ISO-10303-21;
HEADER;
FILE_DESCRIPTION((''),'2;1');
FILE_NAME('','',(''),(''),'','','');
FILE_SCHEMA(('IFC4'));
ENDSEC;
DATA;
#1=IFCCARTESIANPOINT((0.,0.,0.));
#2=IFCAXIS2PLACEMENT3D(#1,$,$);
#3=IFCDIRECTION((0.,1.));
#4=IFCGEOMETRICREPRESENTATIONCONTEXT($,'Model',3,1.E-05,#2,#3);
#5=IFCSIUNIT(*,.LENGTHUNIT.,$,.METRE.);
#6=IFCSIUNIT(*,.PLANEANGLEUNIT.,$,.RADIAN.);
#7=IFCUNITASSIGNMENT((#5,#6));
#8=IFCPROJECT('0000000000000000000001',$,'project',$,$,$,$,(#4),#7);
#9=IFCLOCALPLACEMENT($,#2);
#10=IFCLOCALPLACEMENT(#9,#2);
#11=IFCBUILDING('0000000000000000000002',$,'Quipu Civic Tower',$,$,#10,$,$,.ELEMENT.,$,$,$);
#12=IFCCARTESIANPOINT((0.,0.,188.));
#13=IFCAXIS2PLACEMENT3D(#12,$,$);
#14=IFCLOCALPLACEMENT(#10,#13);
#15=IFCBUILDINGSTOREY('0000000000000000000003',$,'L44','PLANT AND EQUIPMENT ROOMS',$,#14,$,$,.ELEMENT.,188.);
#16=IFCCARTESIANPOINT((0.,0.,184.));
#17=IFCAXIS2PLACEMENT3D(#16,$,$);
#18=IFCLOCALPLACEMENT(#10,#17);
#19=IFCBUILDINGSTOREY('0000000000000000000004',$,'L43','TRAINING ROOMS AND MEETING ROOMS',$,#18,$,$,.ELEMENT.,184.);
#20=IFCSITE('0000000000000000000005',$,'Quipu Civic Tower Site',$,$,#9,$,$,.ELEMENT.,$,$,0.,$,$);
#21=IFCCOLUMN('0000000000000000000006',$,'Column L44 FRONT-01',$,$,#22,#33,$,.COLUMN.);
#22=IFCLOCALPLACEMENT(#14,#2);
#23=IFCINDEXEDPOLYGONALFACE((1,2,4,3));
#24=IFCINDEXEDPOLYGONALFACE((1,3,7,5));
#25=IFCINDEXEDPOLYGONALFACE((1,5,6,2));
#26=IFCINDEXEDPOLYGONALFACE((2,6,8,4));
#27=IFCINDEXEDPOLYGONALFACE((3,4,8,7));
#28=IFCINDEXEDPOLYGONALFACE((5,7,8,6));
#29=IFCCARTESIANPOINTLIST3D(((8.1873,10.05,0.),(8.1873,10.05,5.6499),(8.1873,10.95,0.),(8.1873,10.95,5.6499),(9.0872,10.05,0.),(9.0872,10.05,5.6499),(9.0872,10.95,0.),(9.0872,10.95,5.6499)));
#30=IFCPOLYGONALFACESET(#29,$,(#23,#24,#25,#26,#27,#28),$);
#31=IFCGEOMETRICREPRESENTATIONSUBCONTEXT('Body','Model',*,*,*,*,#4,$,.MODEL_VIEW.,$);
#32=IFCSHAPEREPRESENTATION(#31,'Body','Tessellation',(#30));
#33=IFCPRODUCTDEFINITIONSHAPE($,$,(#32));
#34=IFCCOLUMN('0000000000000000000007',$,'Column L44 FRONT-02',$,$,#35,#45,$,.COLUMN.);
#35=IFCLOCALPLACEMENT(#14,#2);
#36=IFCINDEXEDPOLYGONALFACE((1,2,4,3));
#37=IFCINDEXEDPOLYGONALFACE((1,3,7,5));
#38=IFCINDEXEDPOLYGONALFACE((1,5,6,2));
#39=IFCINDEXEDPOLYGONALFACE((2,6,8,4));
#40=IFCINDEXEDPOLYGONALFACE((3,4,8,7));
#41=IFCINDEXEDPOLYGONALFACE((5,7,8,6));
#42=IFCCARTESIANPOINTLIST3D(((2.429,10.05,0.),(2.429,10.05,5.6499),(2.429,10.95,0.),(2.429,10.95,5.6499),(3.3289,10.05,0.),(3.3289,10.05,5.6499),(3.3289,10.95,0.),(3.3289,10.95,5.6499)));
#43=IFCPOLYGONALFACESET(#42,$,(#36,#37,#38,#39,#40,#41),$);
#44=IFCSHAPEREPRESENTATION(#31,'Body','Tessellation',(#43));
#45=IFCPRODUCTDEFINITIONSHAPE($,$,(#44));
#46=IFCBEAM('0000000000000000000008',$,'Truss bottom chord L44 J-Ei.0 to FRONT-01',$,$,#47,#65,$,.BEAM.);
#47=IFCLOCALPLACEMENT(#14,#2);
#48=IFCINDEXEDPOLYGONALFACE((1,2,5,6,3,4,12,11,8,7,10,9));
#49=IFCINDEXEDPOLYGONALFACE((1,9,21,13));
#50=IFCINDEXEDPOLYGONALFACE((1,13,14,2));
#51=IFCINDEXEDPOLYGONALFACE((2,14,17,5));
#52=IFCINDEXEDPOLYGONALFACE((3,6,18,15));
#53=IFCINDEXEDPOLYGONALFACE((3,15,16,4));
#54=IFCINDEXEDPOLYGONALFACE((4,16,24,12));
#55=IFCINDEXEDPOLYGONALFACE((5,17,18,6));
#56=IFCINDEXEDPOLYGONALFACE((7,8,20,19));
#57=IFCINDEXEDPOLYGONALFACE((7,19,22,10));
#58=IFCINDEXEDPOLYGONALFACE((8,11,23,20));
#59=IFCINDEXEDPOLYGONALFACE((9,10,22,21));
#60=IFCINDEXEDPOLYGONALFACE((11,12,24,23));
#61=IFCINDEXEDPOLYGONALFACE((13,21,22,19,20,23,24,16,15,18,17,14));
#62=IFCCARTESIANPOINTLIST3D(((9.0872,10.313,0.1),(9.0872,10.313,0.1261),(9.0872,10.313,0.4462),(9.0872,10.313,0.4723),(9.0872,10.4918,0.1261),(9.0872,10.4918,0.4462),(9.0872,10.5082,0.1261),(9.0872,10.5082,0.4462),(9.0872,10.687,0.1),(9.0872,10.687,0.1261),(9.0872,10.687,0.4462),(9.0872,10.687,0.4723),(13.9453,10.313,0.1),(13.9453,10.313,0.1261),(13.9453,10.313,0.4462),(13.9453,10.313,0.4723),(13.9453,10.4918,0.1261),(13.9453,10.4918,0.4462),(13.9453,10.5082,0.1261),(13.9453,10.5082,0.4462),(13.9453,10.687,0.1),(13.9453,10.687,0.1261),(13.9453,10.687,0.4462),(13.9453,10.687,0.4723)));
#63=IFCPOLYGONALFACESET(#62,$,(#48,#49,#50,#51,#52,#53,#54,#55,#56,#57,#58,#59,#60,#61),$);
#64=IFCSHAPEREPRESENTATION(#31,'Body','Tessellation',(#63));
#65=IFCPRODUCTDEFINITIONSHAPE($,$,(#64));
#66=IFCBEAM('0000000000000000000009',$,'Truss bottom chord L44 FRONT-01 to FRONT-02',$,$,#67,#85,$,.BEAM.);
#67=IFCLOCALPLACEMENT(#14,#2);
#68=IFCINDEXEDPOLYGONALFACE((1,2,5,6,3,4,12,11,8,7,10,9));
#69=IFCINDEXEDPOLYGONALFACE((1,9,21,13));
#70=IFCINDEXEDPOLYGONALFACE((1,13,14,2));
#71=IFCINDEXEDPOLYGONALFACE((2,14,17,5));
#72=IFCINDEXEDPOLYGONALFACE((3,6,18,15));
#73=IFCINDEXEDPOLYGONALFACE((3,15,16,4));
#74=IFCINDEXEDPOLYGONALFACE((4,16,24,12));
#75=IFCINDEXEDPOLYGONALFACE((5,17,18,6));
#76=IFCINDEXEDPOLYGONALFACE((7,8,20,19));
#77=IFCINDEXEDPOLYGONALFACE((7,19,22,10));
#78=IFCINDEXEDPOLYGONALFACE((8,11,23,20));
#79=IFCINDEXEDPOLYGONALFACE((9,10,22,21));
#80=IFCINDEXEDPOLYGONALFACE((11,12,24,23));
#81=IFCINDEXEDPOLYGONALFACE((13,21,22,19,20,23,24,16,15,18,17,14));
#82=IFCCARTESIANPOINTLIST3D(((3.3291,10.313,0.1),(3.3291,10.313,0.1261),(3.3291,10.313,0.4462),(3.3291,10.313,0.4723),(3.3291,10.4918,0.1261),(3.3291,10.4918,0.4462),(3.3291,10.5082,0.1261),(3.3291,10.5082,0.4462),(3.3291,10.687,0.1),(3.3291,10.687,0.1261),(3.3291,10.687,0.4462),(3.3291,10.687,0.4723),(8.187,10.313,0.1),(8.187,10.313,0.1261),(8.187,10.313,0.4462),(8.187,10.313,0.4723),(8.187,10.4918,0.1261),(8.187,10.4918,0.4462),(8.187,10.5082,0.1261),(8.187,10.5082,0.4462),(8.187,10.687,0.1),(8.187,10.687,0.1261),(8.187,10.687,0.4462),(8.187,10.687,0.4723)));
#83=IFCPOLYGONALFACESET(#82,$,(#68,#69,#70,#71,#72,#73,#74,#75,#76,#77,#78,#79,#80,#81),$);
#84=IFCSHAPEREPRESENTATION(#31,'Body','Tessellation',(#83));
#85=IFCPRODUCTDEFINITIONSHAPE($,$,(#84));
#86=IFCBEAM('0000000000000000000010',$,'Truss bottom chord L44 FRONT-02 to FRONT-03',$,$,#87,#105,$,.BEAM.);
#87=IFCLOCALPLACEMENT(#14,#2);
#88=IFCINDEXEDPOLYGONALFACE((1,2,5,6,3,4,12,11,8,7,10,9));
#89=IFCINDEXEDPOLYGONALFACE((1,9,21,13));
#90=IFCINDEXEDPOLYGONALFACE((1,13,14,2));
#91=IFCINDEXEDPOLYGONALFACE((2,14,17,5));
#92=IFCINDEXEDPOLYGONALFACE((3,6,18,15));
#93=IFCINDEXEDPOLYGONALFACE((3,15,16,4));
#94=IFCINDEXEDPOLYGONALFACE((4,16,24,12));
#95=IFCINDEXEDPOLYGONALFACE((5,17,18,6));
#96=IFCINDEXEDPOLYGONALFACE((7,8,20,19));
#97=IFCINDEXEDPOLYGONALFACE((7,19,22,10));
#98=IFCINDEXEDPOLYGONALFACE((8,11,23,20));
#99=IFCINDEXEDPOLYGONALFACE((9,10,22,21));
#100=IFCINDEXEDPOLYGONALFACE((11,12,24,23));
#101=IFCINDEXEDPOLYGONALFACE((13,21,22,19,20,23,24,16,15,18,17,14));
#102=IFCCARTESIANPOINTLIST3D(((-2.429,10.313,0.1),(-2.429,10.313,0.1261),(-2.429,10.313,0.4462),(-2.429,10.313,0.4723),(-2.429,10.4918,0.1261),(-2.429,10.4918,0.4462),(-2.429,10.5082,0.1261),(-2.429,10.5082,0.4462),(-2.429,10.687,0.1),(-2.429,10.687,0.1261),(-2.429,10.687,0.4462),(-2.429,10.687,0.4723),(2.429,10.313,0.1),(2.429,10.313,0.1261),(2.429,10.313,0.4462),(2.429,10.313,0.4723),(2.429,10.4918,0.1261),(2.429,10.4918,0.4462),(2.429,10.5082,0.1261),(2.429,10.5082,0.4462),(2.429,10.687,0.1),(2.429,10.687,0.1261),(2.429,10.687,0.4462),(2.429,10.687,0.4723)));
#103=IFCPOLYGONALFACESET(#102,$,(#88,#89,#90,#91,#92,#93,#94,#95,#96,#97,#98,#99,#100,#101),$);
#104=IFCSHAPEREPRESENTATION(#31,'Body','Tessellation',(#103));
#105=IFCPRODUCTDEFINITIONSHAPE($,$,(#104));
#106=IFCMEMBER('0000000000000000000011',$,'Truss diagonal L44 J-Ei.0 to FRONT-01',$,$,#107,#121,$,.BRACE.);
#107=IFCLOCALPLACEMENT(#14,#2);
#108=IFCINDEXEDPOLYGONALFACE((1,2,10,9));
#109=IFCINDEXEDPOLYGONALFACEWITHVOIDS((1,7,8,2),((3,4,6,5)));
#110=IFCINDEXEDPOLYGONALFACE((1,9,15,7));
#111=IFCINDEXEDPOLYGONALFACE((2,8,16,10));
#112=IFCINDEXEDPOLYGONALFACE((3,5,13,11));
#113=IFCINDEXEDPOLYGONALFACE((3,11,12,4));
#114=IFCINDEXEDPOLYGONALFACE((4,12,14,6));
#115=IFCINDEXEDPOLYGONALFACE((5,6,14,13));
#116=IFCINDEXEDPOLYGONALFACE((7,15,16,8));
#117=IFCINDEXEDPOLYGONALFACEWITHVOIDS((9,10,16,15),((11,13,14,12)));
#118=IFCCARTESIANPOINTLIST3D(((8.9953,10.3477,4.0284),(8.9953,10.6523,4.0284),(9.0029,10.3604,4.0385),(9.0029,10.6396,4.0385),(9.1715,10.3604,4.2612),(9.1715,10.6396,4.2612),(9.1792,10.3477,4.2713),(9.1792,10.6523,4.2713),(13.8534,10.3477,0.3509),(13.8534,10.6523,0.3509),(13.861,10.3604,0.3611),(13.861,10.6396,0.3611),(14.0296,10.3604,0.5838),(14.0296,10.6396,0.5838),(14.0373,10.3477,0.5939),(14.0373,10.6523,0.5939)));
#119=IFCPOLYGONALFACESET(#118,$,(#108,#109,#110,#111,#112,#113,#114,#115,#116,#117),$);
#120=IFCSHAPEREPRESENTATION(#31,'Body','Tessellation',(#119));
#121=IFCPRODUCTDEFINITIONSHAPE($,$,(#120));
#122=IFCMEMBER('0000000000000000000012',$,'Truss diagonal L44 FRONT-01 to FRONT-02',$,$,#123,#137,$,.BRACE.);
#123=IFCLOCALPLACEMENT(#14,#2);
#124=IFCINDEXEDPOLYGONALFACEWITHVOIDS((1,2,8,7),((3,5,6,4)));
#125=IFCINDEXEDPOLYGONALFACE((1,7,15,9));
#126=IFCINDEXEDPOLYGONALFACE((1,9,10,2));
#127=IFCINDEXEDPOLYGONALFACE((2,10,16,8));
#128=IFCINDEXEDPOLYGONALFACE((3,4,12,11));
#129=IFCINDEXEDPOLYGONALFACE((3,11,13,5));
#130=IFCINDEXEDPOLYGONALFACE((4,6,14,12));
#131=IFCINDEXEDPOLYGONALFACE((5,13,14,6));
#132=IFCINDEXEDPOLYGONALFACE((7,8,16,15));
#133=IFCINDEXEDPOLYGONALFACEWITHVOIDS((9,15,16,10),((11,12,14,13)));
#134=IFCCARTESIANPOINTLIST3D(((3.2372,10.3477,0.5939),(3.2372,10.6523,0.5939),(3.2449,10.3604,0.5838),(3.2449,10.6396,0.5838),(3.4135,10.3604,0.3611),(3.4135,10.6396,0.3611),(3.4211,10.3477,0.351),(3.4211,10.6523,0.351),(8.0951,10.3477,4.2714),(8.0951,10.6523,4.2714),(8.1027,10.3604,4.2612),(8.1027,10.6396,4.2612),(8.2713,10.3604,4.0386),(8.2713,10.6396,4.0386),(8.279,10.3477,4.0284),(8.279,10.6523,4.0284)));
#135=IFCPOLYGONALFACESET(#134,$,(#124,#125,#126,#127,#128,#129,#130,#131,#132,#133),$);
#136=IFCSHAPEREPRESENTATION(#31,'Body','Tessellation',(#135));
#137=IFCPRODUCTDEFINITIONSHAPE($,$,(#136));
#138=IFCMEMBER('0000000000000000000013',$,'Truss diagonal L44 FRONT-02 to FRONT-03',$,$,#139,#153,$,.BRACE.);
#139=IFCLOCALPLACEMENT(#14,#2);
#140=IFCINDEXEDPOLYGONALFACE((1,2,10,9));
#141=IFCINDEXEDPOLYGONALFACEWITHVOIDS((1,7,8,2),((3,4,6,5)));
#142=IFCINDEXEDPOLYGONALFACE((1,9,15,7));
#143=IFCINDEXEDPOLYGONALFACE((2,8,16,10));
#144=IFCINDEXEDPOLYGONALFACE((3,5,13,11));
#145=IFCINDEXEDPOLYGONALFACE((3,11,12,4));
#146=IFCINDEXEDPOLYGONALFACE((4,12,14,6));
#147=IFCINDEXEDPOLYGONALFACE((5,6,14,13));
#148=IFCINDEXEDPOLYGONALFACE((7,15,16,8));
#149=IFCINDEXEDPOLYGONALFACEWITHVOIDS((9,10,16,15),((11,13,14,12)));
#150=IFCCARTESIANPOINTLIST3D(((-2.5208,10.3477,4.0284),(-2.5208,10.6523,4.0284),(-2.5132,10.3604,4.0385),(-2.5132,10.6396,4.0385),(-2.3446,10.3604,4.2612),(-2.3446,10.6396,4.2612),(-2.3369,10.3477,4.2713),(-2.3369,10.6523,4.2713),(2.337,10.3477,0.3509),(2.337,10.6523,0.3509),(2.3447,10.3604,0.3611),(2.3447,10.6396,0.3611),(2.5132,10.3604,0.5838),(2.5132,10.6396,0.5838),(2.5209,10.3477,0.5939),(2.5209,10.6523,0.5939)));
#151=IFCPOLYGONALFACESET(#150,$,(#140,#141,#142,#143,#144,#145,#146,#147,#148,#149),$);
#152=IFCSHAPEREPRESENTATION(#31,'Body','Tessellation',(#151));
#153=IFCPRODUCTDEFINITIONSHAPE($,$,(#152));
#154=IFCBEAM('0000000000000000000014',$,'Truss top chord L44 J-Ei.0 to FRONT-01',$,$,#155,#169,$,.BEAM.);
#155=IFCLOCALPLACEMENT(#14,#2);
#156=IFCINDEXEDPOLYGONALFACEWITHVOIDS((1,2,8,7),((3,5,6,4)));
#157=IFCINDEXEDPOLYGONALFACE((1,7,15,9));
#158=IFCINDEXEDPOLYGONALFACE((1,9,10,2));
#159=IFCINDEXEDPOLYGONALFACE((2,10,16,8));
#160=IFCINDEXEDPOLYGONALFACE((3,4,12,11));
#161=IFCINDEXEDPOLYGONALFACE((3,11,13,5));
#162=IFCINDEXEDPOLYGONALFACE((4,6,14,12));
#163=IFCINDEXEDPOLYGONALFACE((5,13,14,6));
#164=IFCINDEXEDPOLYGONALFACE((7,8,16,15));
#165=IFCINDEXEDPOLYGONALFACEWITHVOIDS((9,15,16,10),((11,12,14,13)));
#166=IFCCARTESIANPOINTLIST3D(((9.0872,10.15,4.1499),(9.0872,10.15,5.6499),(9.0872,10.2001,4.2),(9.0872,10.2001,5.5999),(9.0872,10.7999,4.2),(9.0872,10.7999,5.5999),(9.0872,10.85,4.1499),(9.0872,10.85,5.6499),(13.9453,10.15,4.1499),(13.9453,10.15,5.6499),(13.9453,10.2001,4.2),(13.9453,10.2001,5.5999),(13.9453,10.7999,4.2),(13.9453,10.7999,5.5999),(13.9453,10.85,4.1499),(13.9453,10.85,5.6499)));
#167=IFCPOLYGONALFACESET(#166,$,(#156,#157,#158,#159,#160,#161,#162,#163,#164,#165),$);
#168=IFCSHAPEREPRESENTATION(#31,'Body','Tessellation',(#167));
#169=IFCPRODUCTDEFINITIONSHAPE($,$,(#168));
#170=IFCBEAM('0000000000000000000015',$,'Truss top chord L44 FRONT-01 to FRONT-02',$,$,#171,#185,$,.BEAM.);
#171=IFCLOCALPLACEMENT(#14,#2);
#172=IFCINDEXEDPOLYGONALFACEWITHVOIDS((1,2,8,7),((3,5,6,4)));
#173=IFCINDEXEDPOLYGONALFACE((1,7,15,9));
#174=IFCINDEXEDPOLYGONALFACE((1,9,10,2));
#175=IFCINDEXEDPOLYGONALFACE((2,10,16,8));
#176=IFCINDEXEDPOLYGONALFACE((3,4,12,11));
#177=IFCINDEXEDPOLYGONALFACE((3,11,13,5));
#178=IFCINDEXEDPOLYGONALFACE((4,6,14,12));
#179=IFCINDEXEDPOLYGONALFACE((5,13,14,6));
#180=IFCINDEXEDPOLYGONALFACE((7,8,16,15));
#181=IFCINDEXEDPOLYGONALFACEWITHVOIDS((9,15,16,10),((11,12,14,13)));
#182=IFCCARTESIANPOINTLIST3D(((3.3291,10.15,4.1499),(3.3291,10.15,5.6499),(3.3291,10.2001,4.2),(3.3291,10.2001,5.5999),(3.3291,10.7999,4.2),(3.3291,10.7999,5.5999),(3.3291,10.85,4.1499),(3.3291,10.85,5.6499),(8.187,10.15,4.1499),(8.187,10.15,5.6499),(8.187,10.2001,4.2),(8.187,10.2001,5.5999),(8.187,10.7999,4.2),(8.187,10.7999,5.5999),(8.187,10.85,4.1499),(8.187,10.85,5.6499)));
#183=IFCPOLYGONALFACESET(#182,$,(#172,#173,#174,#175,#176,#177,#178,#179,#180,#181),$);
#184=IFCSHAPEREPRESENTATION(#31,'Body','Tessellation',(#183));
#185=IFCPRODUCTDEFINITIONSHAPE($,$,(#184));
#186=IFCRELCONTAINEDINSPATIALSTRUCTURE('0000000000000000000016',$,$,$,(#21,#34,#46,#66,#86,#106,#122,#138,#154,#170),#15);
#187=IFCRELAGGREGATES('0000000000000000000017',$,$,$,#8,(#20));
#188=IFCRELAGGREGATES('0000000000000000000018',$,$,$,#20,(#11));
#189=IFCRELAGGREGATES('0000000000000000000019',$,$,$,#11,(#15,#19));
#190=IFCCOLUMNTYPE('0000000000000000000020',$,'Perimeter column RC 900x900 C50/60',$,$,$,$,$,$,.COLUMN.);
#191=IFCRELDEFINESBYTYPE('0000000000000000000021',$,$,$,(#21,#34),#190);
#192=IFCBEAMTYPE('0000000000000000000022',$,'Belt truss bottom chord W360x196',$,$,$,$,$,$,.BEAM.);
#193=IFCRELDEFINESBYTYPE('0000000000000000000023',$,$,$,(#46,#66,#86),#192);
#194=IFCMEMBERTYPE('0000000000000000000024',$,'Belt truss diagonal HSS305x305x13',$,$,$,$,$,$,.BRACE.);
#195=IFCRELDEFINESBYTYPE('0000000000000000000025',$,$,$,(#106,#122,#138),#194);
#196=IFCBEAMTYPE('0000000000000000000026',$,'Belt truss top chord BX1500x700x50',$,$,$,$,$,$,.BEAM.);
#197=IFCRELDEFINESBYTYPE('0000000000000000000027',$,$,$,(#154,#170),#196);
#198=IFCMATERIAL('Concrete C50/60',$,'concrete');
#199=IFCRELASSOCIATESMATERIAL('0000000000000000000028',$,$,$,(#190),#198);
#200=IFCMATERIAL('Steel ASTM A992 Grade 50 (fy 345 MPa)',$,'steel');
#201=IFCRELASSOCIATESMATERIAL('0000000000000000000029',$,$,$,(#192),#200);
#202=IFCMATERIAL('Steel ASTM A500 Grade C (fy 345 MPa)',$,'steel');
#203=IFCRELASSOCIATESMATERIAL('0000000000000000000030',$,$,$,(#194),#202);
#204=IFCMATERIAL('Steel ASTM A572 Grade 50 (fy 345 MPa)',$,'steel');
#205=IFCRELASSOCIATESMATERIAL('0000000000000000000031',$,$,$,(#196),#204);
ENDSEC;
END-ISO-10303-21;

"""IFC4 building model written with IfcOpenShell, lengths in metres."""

from ifc_helpers import new_model, si_unit, direction, frame, origin, origin_2d, place, context, subcontext, project, spatial, rectangle, hollow_rectangle, i_section, extrude, material, material_profile, profile_set, type_object, element, save


model = new_model("IFC4")

# Units and contexts
model_context = context("Model", 3, precision=1e-05, world=origin(), true_north=direction((0.0, 1.0)))
body_context = subcontext(model_context, "Body", "Model", "MODEL_VIEW")
ifc_project = project(units=[si_unit("LENGTHUNIT", "METRE"), si_unit("PLANEANGLEUNIT", "RADIAN")], contexts=[model_context])

# Site, building, storey
site_placement = place(None, origin())
site = spatial("IfcSite", under=ifc_project, at=site_placement, Name="Quipu Civic Tower Site", CompositionType="ELEMENT", RefElevation=0.0)
building_placement = place(site_placement, origin())
building = spatial("IfcBuilding", under=site, at=building_placement, Name="Quipu Civic Tower", CompositionType="ELEMENT")
storey_1_placement = place(building_placement, frame((0.0, 0.0, 188.0)))
storey_1 = spatial("IfcBuildingStorey", under=building, at=storey_1_placement, Name="L44", Description="PLANT AND EQUIPMENT ROOMS", CompositionType="ELEMENT", Elevation=188.0)

# Columns
ifc_material_1 = material(Name="Concrete C50/60", Category="concrete")
ifc_material_profile_1 = material_profile(ifc_material_1, rectangle(XDim=0.8999, YDim=0.8999, at=origin_2d()), Name="RC900x900")
ifc_profile_set_1 = profile_set([ifc_material_profile_1], Name="Concrete C50/60")
column_type = type_object("IfcColumnType", Name="Perimeter column RC 900x900 C50/60", PredefinedType="COLUMN", material=ifc_profile_set_1)
for number, where, z_axis, x_axis, name in (
    (1, (8.6372, 10.5, 0.0), (0.0, 0.0, 1.0), (-1.0, 0.0, 0.0), "Column L44 FRONT-01"),
    (2, (2.8789, 10.5, 0.0), (0.0, 0.0, 1.0), (-1.0, 0.0, 0.0), "Column L44 FRONT-02"),
):
    element("IfcColumn", number, at=place(storey_1_placement, frame(where, z_axis=z_axis, x_axis=x_axis)), inside=storey_1, type_object=column_type, Name=name, PredefinedType="COLUMN", context=body_context, shape_type="SweptSolid", body=[
        extrude(rectangle(XDim=0.8999, YDim=0.8999, at=origin_2d()), origin(), (0.0, 0.0, 1.0), 5.6499),
    ])

# Beams
ifc_material_2 = material(Name="Steel ASTM A992 Grade 50 (fy 345 MPa)", Category="steel")
ifc_material_profile_2 = material_profile(ifc_material_2, i_section(OverallWidth=0.374, OverallDepth=0.3723, WebThickness=0.0164, FlangeThickness=0.0261, at=origin_2d()), Name="W360x196")
ifc_profile_set_2 = profile_set([ifc_material_profile_2], Name="Steel ASTM A992 Grade 50 (fy 345 MPa)")
beam_type_1 = type_object("IfcBeamType", Name="Belt truss bottom chord W360x196", PredefinedType="BEAM", material=ifc_profile_set_2)
beam_1_placement = place(storey_1_placement, frame((13.9453, 10.5, 0.2861), z_axis=(-1.0, 0.0, 0.0), x_axis=(0.0, -1.0, 0.0)))
element("IfcBeam", 3, at=beam_1_placement, inside=storey_1, type_object=beam_type_1, Name="Truss bottom chord L44 J-Ei.0 to FRONT-01", PredefinedType="BEAM", context=body_context, shape_type="SweptSolid", body=[
    extrude(i_section(OverallWidth=0.374, OverallDepth=0.3723, WebThickness=0.0164, FlangeThickness=0.0261, at=origin_2d()), origin(), (0.0, 0.0, 1.0), 4.8582),
])
for number, where, z_axis, x_axis, name in (
    (4, (8.187, 10.5, 0.2861), (-1.0, 0.0, 0.0), (0.0, -1.0, 0.0), "Truss bottom chord L44 FRONT-01 to FRONT-02"),
    (5, (2.429, 10.5, 0.2861), (-1.0, 0.0, 0.0), (0.0, -1.0, 0.0), "Truss bottom chord L44 FRONT-02 to FRONT-03"),
):
    element("IfcBeam", number, at=place(storey_1_placement, frame(where, z_axis=z_axis, x_axis=x_axis)), inside=storey_1, type_object=beam_type_1, Name=name, PredefinedType="BEAM", context=body_context, shape_type="SweptSolid", body=[
        extrude(i_section(OverallWidth=0.374, OverallDepth=0.3723, WebThickness=0.0164, FlangeThickness=0.0261, at=origin_2d()), origin(), (0.0, 0.0, 1.0), 4.8579),
    ])

# Members
ifc_material_3 = material(Name="Steel ASTM A500 Grade C (fy 345 MPa)", Category="steel")
ifc_material_profile_3 = material_profile(ifc_material_3, hollow_rectangle(XDim=0.3047, YDim=0.3047, WallThickness=0.0127, at=origin_2d()), Name="HSS305x305x13")
ifc_profile_set_3 = profile_set([ifc_material_profile_3], Name="Steel ASTM A500 Grade C (fy 345 MPa)")
member_type_1 = type_object("IfcMemberType", Name="Belt truss diagonal HSS305x305x13", PredefinedType="BRACE", material=ifc_profile_set_3)
member_1_placement = place(storey_1_placement, frame((13.9453, 10.5, 0.4724), z_axis=(-0.797324, 0.0, 0.603552), x_axis=(0.0, -1.0, 0.0)))
element("IfcMember", 6, at=member_1_placement, inside=storey_1, type_object=member_type_1, Name="Truss diagonal L44 J-Ei.0 to FRONT-01", PredefinedType="BRACE", context=body_context, shape_type="SweptSolid", body=[
    extrude(hollow_rectangle(XDim=0.3047, YDim=0.3047, WallThickness=0.0127, at=origin_2d()), origin(), (0.0, 0.0, 1.0), 6.093),
])
for number, where, z_axis, x_axis, name in (
    (7, (8.187, 10.5, 4.1499), (-0.797309, 0.0, -0.603571), (0.0, -1.0, 0.0), "Truss diagonal L44 FRONT-01 to FRONT-02"),
    (8, (2.429, 10.5, 0.4724), (-0.797309, 0.0, 0.603571), (0.0, -1.0, 0.0), "Truss diagonal L44 FRONT-02 to FRONT-03"),
):
    element("IfcMember", number, at=place(storey_1_placement, frame(where, z_axis=z_axis, x_axis=x_axis)), inside=storey_1, type_object=member_type_1, Name=name, PredefinedType="BRACE", context=body_context, shape_type="SweptSolid", body=[
        extrude(hollow_rectangle(XDim=0.3047, YDim=0.3047, WallThickness=0.0127, at=origin_2d()), origin(), (0.0, 0.0, 1.0), 6.0928),
    ])

# Beams
ifc_material_4 = material(Name="Steel ASTM A572 Grade 50 (fy 345 MPa)", Category="steel")
ifc_material_profile_4 = material_profile(ifc_material_4, hollow_rectangle(XDim=0.7, YDim=1.5, WallThickness=0.05, at=origin_2d()), Name="BX1500x700x50")
ifc_profile_set_4 = profile_set([ifc_material_profile_4], Name="Steel ASTM A572 Grade 50 (fy 345 MPa)")
beam_type_2 = type_object("IfcBeamType", Name="Belt truss top chord BX1500x700x50", PredefinedType="BEAM", material=ifc_profile_set_4)
beam_2_placement = place(storey_1_placement, frame((13.9453, 10.5, 4.8999), z_axis=(-1.0, 0.0, 0.0), x_axis=(0.0, -1.0, 0.0)))
element("IfcBeam", 9, at=beam_2_placement, inside=storey_1, type_object=beam_type_2, Name="Truss top chord L44 J-Ei.0 to FRONT-01", PredefinedType="BEAM", context=body_context, shape_type="SweptSolid", body=[
    extrude(hollow_rectangle(XDim=0.7, YDim=1.5, WallThickness=0.05, at=origin_2d()), origin(), (0.0, 0.0, 1.0), 4.8582),
])
for number, where, z_axis, x_axis, name in (
    (10, (8.187, 10.5, 4.8999), (-1.0, 0.0, 0.0), (0.0, -1.0, 0.0), "Truss top chord L44 FRONT-01 to FRONT-02"),
):
    element("IfcBeam", number, at=place(storey_1_placement, frame(where, z_axis=z_axis, x_axis=x_axis)), inside=storey_1, type_object=beam_type_2, Name=name, PredefinedType="BEAM", context=body_context, shape_type="SweptSolid", body=[
        extrude(hollow_rectangle(XDim=0.7, YDim=1.5, WallThickness=0.05, at=origin_2d()), origin(), (0.0, 0.0, 1.0), 4.8579),
    ])

# Shared definitions
storey_2_placement = place(building_placement, frame((0.0, 0.0, 184.0)))
storey_2 = spatial("IfcBuildingStorey", under=building, at=storey_2_placement, Name="L43", Description="TRAINING ROOMS AND MEETING ROOMS", CompositionType="ELEMENT", Elevation=184.0)

save(model, "model.ifc")
